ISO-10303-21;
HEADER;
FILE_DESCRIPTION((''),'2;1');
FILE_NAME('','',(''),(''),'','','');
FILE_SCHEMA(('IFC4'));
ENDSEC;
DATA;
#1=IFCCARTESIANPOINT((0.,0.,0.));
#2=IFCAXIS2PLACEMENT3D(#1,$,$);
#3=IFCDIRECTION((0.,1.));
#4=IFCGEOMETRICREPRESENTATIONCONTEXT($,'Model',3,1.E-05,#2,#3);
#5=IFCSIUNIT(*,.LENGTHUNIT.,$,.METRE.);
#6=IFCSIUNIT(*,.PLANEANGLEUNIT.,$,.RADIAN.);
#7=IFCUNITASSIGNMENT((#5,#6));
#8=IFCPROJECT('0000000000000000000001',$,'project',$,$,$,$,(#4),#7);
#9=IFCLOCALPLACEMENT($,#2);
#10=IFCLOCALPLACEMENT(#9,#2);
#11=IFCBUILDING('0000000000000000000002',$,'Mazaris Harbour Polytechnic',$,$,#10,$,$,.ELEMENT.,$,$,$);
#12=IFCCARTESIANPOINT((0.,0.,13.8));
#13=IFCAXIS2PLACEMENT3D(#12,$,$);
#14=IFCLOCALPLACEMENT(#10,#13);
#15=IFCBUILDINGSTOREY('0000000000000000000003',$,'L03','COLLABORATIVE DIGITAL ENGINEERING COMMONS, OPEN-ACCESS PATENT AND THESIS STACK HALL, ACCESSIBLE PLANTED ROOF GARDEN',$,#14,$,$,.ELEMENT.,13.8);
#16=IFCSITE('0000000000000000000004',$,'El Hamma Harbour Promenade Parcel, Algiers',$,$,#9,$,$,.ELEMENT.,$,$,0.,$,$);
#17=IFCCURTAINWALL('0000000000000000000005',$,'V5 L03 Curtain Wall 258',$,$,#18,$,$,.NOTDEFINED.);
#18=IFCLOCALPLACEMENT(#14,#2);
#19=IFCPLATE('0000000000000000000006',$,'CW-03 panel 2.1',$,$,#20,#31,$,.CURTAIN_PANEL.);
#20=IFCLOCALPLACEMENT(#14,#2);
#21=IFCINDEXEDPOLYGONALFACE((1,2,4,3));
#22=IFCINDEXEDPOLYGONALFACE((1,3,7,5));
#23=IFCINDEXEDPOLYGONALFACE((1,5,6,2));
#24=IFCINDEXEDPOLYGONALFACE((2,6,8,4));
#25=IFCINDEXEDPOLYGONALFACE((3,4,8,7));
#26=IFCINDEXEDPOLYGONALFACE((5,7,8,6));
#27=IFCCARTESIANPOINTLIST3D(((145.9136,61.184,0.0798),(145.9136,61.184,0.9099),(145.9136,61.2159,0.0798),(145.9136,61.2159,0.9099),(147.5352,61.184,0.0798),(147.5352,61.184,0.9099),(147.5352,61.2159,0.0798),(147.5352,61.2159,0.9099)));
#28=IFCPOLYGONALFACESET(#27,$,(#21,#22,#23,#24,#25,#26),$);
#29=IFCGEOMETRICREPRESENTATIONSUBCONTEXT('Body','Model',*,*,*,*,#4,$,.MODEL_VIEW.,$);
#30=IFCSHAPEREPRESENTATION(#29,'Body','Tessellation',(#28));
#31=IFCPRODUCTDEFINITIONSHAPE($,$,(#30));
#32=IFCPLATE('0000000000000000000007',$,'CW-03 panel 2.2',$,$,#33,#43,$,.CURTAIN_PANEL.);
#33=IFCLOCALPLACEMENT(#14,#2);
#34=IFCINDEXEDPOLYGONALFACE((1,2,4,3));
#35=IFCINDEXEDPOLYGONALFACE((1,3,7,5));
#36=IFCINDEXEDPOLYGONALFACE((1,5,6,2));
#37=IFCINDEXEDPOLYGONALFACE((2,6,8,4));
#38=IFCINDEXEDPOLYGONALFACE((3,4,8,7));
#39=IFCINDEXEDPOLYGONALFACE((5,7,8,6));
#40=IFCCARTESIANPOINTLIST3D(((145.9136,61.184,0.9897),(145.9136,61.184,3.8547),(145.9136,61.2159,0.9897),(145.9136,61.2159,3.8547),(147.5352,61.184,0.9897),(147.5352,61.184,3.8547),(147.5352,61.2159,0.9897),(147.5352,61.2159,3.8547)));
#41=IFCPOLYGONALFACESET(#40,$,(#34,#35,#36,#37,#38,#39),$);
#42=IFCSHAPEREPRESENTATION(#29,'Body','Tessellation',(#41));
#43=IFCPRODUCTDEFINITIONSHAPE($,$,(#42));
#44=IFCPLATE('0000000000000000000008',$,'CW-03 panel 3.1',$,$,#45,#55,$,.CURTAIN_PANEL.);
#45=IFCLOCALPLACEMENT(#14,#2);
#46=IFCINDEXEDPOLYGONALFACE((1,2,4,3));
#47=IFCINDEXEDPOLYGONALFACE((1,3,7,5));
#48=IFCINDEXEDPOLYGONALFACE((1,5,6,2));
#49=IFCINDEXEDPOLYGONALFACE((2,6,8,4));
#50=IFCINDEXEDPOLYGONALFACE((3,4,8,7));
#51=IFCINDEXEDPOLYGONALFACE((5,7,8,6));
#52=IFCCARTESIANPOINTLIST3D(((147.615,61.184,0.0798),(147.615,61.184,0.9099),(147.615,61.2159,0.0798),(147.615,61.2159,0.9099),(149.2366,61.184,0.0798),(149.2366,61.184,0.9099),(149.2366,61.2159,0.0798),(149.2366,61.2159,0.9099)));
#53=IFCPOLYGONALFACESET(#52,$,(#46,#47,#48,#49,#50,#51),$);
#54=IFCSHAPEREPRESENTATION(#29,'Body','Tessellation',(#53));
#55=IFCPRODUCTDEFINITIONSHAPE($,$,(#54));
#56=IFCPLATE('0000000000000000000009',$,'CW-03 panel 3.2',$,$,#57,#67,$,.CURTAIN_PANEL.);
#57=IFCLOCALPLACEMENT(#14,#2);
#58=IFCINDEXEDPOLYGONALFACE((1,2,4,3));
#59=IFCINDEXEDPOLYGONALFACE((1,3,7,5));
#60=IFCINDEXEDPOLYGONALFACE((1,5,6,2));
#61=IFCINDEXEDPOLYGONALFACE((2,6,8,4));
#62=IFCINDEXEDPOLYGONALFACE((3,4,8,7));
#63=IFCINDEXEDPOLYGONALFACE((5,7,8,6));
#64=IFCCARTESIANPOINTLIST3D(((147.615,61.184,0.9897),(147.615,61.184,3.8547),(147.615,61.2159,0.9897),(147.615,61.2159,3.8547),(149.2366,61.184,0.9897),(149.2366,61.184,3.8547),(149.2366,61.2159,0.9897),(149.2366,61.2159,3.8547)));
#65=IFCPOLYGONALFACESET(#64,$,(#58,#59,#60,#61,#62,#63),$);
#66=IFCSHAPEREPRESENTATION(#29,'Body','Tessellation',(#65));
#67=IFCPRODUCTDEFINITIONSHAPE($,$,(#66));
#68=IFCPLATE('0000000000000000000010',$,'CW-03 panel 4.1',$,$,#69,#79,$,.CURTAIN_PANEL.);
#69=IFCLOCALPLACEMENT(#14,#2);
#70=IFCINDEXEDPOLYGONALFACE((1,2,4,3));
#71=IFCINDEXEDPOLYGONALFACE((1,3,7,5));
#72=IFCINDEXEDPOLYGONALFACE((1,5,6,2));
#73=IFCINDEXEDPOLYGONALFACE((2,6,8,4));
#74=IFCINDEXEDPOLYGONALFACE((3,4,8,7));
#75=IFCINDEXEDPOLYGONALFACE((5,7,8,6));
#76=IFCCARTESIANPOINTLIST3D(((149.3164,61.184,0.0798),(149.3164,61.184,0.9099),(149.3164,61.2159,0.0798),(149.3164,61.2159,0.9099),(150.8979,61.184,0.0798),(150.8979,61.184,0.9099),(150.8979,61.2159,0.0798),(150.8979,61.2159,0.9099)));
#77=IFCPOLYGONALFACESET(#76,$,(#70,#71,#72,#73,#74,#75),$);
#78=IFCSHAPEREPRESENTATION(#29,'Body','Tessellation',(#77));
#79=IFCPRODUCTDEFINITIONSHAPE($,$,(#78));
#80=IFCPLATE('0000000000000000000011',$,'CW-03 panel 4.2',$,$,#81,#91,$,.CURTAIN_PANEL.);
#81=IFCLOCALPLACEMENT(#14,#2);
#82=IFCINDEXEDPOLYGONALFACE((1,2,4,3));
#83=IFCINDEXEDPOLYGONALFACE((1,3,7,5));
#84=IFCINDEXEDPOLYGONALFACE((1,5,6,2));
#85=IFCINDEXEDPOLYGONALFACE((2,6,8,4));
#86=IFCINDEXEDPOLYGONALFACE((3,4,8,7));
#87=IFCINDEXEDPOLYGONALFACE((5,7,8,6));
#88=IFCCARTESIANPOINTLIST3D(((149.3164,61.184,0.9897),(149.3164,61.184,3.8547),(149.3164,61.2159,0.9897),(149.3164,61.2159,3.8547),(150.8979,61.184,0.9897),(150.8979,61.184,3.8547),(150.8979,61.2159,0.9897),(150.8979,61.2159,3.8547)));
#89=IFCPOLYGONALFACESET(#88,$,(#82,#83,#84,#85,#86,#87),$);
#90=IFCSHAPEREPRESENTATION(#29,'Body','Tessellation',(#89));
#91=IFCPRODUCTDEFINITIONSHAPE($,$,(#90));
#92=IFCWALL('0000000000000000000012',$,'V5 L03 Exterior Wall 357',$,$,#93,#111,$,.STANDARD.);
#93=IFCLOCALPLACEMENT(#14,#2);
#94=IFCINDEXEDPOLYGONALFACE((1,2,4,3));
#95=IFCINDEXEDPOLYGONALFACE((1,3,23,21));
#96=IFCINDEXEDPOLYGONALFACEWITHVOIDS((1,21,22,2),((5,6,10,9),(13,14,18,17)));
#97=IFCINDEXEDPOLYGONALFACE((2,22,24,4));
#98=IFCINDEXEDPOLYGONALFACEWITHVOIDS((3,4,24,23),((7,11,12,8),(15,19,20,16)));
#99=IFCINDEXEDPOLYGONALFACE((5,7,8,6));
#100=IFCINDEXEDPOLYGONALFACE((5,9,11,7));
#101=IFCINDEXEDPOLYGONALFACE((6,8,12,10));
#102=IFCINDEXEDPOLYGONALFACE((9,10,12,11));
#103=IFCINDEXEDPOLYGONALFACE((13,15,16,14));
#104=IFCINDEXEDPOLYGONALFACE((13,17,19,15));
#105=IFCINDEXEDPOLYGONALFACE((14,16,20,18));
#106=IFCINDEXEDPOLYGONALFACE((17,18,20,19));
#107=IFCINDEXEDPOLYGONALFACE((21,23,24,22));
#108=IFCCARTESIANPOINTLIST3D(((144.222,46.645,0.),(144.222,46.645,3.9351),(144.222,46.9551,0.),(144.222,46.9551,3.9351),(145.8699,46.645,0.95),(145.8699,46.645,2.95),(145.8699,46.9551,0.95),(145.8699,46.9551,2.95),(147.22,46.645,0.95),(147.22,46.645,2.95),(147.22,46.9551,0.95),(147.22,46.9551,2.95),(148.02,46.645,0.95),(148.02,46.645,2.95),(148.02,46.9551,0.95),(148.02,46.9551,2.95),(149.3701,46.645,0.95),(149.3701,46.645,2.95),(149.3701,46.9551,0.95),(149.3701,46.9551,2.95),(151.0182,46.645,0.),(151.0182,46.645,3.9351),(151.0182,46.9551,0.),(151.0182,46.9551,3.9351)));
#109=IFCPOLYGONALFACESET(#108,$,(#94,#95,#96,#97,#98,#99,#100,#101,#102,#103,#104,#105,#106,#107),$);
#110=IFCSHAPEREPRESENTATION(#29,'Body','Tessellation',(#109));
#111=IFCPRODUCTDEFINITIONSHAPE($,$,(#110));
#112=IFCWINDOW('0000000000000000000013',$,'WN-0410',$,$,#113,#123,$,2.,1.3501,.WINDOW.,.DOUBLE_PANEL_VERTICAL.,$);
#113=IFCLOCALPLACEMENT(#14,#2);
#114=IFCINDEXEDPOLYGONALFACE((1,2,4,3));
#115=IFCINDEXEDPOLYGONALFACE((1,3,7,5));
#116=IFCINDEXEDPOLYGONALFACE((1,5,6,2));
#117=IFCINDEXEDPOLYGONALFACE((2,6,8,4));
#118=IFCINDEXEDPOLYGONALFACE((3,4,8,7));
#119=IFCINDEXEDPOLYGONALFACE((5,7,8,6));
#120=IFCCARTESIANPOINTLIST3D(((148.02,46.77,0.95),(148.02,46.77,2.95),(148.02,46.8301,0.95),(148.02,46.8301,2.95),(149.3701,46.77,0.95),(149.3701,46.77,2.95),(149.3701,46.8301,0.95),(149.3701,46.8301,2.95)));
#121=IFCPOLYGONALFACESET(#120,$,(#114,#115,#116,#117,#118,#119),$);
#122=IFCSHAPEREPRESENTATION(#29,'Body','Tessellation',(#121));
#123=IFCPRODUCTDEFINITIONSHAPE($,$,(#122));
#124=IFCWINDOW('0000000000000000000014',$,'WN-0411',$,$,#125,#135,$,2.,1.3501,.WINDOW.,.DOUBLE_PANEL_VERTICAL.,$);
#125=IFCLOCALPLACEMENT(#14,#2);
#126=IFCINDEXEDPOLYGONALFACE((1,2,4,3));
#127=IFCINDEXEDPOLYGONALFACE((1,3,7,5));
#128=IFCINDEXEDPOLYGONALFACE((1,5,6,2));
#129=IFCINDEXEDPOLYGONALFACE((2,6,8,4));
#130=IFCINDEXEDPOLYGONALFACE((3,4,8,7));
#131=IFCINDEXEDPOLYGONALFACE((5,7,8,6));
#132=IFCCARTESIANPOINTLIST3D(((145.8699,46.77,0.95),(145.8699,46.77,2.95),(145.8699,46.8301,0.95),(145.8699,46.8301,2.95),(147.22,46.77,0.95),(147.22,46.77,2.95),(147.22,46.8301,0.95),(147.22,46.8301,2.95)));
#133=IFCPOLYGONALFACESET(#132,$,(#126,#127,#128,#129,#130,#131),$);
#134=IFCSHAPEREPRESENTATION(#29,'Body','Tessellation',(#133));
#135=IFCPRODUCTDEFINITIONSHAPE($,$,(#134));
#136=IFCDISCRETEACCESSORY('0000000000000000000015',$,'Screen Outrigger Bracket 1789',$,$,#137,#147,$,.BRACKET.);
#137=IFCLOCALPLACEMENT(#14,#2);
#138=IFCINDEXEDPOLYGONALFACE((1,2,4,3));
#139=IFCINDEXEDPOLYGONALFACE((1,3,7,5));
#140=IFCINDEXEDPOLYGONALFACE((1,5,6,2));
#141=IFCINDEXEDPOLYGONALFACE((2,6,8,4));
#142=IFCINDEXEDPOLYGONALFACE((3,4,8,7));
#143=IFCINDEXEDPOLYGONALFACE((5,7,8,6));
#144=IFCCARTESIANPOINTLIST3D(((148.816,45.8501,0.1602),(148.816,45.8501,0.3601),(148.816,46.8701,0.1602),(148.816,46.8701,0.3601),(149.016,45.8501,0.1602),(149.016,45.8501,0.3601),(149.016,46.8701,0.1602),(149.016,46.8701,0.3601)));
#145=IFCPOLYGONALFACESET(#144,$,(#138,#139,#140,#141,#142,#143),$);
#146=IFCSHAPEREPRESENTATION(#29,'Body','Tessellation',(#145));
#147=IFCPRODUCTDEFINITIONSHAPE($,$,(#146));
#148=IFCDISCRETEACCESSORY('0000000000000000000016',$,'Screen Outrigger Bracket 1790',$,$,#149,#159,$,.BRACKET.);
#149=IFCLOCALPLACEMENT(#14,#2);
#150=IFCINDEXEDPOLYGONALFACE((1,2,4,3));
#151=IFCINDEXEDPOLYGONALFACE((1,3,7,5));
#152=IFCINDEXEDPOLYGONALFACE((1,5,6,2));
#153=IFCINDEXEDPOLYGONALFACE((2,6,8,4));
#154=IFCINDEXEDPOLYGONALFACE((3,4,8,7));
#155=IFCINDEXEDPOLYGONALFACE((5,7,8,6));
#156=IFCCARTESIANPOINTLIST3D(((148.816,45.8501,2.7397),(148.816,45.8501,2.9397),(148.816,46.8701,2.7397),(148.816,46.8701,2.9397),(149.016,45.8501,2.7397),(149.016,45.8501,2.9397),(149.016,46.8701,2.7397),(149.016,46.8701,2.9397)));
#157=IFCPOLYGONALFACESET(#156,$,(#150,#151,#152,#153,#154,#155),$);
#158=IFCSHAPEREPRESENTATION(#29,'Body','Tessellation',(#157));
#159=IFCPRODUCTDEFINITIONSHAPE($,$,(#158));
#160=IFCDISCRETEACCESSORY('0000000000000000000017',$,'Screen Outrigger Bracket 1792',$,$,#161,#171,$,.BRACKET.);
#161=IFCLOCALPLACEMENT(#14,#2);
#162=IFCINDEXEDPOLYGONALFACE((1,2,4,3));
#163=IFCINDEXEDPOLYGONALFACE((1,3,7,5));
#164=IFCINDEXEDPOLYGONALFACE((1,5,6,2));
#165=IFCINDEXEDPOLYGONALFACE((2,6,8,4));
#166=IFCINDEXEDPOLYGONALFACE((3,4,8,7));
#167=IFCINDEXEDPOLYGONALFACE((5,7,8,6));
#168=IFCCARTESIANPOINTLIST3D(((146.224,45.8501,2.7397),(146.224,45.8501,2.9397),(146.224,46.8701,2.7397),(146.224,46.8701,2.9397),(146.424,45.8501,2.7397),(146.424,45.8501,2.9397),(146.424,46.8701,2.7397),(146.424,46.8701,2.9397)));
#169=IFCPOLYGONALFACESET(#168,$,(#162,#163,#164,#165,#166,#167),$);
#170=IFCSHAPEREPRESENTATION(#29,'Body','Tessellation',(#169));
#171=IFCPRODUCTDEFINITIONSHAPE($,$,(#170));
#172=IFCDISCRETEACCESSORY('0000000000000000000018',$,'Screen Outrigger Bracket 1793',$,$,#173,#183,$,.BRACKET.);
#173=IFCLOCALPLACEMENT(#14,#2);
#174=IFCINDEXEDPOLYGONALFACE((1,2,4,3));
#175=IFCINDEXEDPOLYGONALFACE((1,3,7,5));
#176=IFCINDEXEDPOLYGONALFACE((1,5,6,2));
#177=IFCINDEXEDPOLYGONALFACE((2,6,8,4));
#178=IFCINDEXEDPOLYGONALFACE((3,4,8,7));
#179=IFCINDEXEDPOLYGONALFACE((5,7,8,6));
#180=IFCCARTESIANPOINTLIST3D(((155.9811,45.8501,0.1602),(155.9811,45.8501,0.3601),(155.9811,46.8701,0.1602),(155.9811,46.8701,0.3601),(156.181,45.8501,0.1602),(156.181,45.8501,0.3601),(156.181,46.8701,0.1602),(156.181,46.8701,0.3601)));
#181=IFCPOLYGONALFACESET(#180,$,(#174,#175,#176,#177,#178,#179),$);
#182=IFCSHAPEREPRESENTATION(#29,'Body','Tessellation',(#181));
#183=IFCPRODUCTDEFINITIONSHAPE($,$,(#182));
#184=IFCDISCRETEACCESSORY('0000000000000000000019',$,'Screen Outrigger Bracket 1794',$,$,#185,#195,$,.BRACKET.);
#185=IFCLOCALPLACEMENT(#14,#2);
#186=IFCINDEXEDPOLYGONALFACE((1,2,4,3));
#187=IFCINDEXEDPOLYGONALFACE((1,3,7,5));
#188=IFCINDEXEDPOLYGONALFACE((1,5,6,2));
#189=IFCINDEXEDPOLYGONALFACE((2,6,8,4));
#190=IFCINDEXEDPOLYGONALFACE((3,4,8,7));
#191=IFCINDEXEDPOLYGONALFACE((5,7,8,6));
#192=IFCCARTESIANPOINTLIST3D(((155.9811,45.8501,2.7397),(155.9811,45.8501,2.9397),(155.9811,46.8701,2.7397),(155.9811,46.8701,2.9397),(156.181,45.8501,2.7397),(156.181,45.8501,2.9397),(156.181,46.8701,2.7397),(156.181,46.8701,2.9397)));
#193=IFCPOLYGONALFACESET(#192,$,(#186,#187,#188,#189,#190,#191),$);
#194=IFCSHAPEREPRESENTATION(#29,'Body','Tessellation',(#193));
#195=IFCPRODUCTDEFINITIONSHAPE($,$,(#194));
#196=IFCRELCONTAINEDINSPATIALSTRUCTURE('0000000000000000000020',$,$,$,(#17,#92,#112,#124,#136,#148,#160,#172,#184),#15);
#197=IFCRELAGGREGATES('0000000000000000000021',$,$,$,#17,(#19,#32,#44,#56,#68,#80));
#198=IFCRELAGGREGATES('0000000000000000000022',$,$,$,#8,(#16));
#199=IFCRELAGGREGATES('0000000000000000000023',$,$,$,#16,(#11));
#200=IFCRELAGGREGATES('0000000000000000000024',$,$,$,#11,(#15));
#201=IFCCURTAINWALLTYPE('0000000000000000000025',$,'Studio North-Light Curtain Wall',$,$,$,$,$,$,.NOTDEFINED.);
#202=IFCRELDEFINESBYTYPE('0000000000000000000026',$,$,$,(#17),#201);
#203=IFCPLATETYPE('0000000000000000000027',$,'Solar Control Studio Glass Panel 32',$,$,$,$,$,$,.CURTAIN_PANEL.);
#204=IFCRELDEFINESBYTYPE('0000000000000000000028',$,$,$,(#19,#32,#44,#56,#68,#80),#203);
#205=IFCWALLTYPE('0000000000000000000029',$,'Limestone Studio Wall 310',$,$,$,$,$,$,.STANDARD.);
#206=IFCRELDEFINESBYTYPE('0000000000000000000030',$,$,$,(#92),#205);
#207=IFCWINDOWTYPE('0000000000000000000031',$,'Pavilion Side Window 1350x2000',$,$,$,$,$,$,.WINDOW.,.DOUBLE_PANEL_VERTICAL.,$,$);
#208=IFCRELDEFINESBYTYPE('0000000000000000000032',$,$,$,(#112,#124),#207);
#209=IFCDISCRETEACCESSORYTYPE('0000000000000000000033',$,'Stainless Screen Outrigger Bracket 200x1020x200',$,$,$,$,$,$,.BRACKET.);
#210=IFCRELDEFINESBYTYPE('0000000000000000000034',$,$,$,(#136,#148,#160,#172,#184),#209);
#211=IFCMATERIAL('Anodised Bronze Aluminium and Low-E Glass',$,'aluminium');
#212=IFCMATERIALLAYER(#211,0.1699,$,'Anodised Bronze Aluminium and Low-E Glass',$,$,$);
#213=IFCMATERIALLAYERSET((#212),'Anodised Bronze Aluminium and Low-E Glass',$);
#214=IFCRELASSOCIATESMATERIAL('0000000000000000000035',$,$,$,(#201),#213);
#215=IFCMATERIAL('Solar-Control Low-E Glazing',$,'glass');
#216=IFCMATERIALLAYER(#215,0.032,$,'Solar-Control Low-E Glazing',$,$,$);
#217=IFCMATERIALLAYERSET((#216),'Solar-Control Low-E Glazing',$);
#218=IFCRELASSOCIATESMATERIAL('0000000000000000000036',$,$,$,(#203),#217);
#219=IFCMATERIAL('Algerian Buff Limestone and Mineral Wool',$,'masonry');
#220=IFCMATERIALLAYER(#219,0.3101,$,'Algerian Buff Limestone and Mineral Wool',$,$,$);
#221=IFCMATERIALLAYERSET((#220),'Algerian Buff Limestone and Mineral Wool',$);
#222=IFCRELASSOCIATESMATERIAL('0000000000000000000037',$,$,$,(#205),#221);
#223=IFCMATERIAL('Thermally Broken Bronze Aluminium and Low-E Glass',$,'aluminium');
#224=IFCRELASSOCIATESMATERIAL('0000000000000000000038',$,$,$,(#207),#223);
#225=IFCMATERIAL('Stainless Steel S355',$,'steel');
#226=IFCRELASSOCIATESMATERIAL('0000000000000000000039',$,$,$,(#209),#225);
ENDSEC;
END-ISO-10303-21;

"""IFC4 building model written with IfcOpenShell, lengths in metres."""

from ifc_helpers import new_model, si_unit, direction, frame, frame_2d, origin, origin_2d, place, context, subcontext, project, spatial, rectangle, extrude, material, layer, layer_set, type_object, element, fill, aggregate, save


model = new_model("IFC4")

# Units and contexts
model_context = context("Model", 3, precision=1e-05, world=origin(), true_north=direction((0.0, 1.0)))
body_context = subcontext(model_context, "Body", "Model", "MODEL_VIEW")
ifc_project = project(units=[si_unit("LENGTHUNIT", "METRE"), si_unit("PLANEANGLEUNIT", "RADIAN")], contexts=[model_context])

# Site, building, storey
site_placement = place(None, origin())
site = spatial("IfcSite", under=ifc_project, at=site_placement, Name="El Hamma Harbour Promenade Parcel, Algiers", CompositionType="ELEMENT", RefElevation=0.0)
building_placement = place(site_placement, origin())
building = spatial("IfcBuilding", under=site, at=building_placement, Name="Mazaris Harbour Polytechnic", CompositionType="ELEMENT")
storey_placement = place(building_placement, frame((0.0, 0.0, 13.8)))
storey = spatial("IfcBuildingStorey", under=building, at=storey_placement, Name="L03", Description="COLLABORATIVE DIGITAL ENGINEERING COMMONS, OPEN-ACCESS PATENT AND THESIS STACK HALL, ACCESSIBLE PLANTED ROOF GARDEN", CompositionType="ELEMENT", Elevation=13.8)

# Curtain wall, plates
ifc_material_1 = material(Name="Anodised Bronze Aluminium and Low-E Glass", Category="aluminium")
ifc_layer_1 = layer(ifc_material_1, 0.1699, Name="Anodised Bronze Aluminium and Low-E Glass")
ifc_layer_set_1 = layer_set([ifc_layer_1], Name="Anodised Bronze Aluminium and Low-E Glass")
curtain_wall_type = type_object("IfcCurtainWallType", Name="Studio North-Light Curtain Wall", PredefinedType="NOTDEFINED", material=ifc_layer_set_1)
curtain_wall_placement = place(storey_placement, origin())
curtain_wall = element("IfcCurtainWall", 1, at=curtain_wall_placement, inside=storey, type_object=curtain_wall_type, Name="V5 L03 Curtain Wall 258", PredefinedType="NOTDEFINED")
ifc_material_2 = material(Name="Solar-Control Low-E Glazing", Category="glass")
ifc_layer_2 = layer(ifc_material_2, 0.032, Name="Solar-Control Low-E Glazing")
ifc_layer_set_2 = layer_set([ifc_layer_2], Name="Solar-Control Low-E Glazing")
plate_type = type_object("IfcPlateType", Name="Solar Control Studio Glass Panel 32", PredefinedType="CURTAIN_PANEL", material=ifc_layer_set_2)
plate_1_placement = place(storey_placement, frame((146.7244, 61.2, 0.0798), z_axis=(0.0, 0.0, 1.0), x_axis=(1.0, 0.0, 0.0)))
plate_1 = element("IfcPlate", 2, at=plate_1_placement, type_object=plate_type, Name="CW-03 panel 2.1", PredefinedType="CURTAIN_PANEL", context=body_context, shape_type="SweptSolid", body=[
    extrude(rectangle(XDim=1.6216, YDim=0.032, at=origin_2d()), origin(), (0.0, 0.0, 1.0), 0.8301),
])
plate_2_placement = place(storey_placement, frame((146.7244, 61.2, 0.9897), z_axis=(0.0, 0.0, 1.0), x_axis=(1.0, 0.0, 0.0)))
plate_2 = element("IfcPlate", 3, at=plate_2_placement, type_object=plate_type, Name="CW-03 panel 2.2", PredefinedType="CURTAIN_PANEL", context=body_context, shape_type="SweptSolid", body=[
    extrude(rectangle(XDim=1.6216, YDim=0.032, at=origin_2d()), origin(), (0.0, 0.0, 1.0), 2.865),
])
plate_3_placement = place(storey_placement, frame((148.4258, 61.2, 0.0798), z_axis=(0.0, 0.0, 1.0), x_axis=(1.0, 0.0, 0.0)))
plate_3 = element("IfcPlate", 4, at=plate_3_placement, type_object=plate_type, Name="CW-03 panel 3.1", PredefinedType="CURTAIN_PANEL", context=body_context, shape_type="SweptSolid", body=[
    extrude(rectangle(XDim=1.6216, YDim=0.032, at=origin_2d()), origin(), (0.0, 0.0, 1.0), 0.8301),
])
plate_4_placement = place(storey_placement, frame((148.4258, 61.2, 0.9897), z_axis=(0.0, 0.0, 1.0), x_axis=(1.0, 0.0, 0.0)))
plate_4 = element("IfcPlate", 5, at=plate_4_placement, type_object=plate_type, Name="CW-03 panel 3.2", PredefinedType="CURTAIN_PANEL", context=body_context, shape_type="SweptSolid", body=[
    extrude(rectangle(XDim=1.6216, YDim=0.032, at=origin_2d()), origin(), (0.0, 0.0, 1.0), 2.865),
])
plate_5_placement = place(storey_placement, frame((150.1072, 61.2, 0.0798), z_axis=(0.0, 0.0, 1.0), x_axis=(1.0, 0.0, 0.0)))
plate_5 = element("IfcPlate", 6, at=plate_5_placement, type_object=plate_type, Name="CW-03 panel 4.1", PredefinedType="CURTAIN_PANEL", context=body_context, shape_type="SweptSolid", body=[
    extrude(rectangle(XDim=1.5815, YDim=0.032, at=origin_2d()), origin(), (0.0, 0.0, 1.0), 0.8301),
])
plate_6_placement = place(storey_placement, frame((150.1072, 61.2, 0.9897), z_axis=(0.0, 0.0, 1.0), x_axis=(1.0, 0.0, 0.0)))
plate_6 = element("IfcPlate", 7, at=plate_6_placement, type_object=plate_type, Name="CW-03 panel 4.2", PredefinedType="CURTAIN_PANEL", context=body_context, shape_type="SweptSolid", body=[
    extrude(rectangle(XDim=1.5815, YDim=0.032, at=origin_2d()), origin(), (0.0, 0.0, 1.0), 2.865),
])
aggregate(curtain_wall, [plate_1, plate_2, plate_3, plate_4, plate_5, plate_6])

# Wall, openings, windows
ifc_material_3 = material(Name="Algerian Buff Limestone and Mineral Wool", Category="masonry")
ifc_layer_3 = layer(ifc_material_3, 0.3101, Name="Algerian Buff Limestone and Mineral Wool")
ifc_layer_set_3 = layer_set([ifc_layer_3], Name="Algerian Buff Limestone and Mineral Wool")
wall_type = type_object("IfcWallType", Name="Limestone Studio Wall 310", PredefinedType="STANDARD", material=ifc_layer_set_3)
wall_placement = place(storey_placement, frame((151.0181, 46.8, 0.0), z_axis=(0.0, 0.0, 1.0), x_axis=(-1.0, 0.0, 0.0)))
wall = element("IfcWall", 8, at=wall_placement, inside=storey, type_object=wall_type, Name="V5 L03 Exterior Wall 357", PredefinedType="STANDARD", context=body_context, shape_type="SweptSolid", body=[
    extrude(rectangle(XDim=6.7961, YDim=0.3101, at=frame_2d((3.3979, 0.0))), origin(), (0.0, 0.0, 1.0), 3.9351),
])
opening_1_placement = place(wall_placement, frame((1.6479, 0.0, 0.95)))
opening_1 = element("IfcOpeningElement", 9, at=opening_1_placement, cuts=wall, PredefinedType="OPENING", context=body_context, shape_type="SweptSolid", body=[
    extrude(rectangle(XDim=1.3501, YDim=2.0, at=frame_2d((0.675, 1.0))), frame((0.0, 0.165, 0.0), z_axis=(0.0, -1.0, 0.0), x_axis=(1.0, 0.0, 0.0)), (0.0, 0.0, 1.0), 0.3301),
])
opening_2_placement = place(wall_placement, frame((3.7981, 0.0, 0.95)))
opening_2 = element("IfcOpeningElement", 10, at=opening_2_placement, cuts=wall, PredefinedType="OPENING", context=body_context, shape_type="SweptSolid", body=[
    extrude(rectangle(XDim=1.3501, YDim=2.0, at=frame_2d((0.675, 1.0))), frame((0.0, 0.165, 0.0), z_axis=(0.0, -1.0, 0.0), x_axis=(1.0, 0.0, 0.0)), (0.0, 0.0, 1.0), 0.3301),
])
ifc_material_4 = material(Name="Thermally Broken Bronze Aluminium and Low-E Glass", Category="aluminium")
window_type = type_object("IfcWindowType", Name="Pavilion Side Window 1350x2000", PartitioningType="DOUBLE_PANEL_VERTICAL", PredefinedType="WINDOW", material=ifc_material_4)
window_1_placement = place(opening_1_placement, origin())
window_1 = element("IfcWindow", 11, at=window_1_placement, inside=storey, type_object=window_type, Name="WN-0410", OverallHeight=2.0, OverallWidth=1.3501, PartitioningType="DOUBLE_PANEL_VERTICAL", PredefinedType="WINDOW", context=body_context, shape_type="SweptSolid", body=[
    extrude(rectangle(XDim=1.3501, YDim=2.0, at=frame_2d((0.675, 1.0))), frame((0.0, 0.03, 0.0), z_axis=(0.0, -1.0, 0.0), x_axis=(1.0, 0.0, 0.0)), (0.0, 0.0, 1.0), 0.0601),
])
fill(opening_1, window_1)
window_2_placement = place(opening_2_placement, origin())
window_2 = element("IfcWindow", 12, at=window_2_placement, inside=storey, type_object=window_type, Name="WN-0411", OverallHeight=2.0, OverallWidth=1.3501, PartitioningType="DOUBLE_PANEL_VERTICAL", PredefinedType="WINDOW", context=body_context, shape_type="SweptSolid", body=[
    extrude(rectangle(XDim=1.3501, YDim=2.0, at=frame_2d((0.675, 1.0))), frame((0.0, 0.03, 0.0), z_axis=(0.0, -1.0, 0.0), x_axis=(1.0, 0.0, 0.0)), (0.0, 0.0, 1.0), 0.0601),
])
fill(opening_2, window_2)

# Discrete accessories
ifc_material_5 = material(Name="Stainless Steel S355", Category="steel")
discrete_accessory_type = type_object("IfcDiscreteAccessoryType", Name="Stainless Screen Outrigger Bracket 200x1020x200", PredefinedType="BRACKET", material=ifc_material_5)
for number, where, z_axis, x_axis, name in (
    (13, (148.916, 46.3601, 0.1602), (0.0, 0.0, 1.0), (-1.0, 0.0, 0.0), "Screen Outrigger Bracket 1789"),
    (14, (148.916, 46.3601, 2.7397), (0.0, 0.0, 1.0), (-1.0, 0.0, 0.0), "Screen Outrigger Bracket 1790"),
    (15, (146.324, 46.3601, 2.7397), (0.0, 0.0, 1.0), (-1.0, 0.0, 0.0), "Screen Outrigger Bracket 1792"),
    (16, (156.0811, 46.3601, 0.1602), (0.0, 0.0, 1.0), (-1.0, 0.0, 0.0), "Screen Outrigger Bracket 1793"),
    (17, (156.0811, 46.3601, 2.7397), (0.0, 0.0, 1.0), (-1.0, 0.0, 0.0), "Screen Outrigger Bracket 1794"),
):
    element("IfcDiscreteAccessory", number, at=place(storey_placement, frame(where, z_axis=z_axis, x_axis=x_axis)), inside=storey, type_object=discrete_accessory_type, Name=name, PredefinedType="BRACKET", context=body_context, shape_type="SweptSolid", body=[
        extrude(rectangle(XDim=0.2, YDim=1.02, at=origin_2d()), origin(), (0.0, 0.0, 1.0), 0.2),
    ])

save(model, "model.ifc")
